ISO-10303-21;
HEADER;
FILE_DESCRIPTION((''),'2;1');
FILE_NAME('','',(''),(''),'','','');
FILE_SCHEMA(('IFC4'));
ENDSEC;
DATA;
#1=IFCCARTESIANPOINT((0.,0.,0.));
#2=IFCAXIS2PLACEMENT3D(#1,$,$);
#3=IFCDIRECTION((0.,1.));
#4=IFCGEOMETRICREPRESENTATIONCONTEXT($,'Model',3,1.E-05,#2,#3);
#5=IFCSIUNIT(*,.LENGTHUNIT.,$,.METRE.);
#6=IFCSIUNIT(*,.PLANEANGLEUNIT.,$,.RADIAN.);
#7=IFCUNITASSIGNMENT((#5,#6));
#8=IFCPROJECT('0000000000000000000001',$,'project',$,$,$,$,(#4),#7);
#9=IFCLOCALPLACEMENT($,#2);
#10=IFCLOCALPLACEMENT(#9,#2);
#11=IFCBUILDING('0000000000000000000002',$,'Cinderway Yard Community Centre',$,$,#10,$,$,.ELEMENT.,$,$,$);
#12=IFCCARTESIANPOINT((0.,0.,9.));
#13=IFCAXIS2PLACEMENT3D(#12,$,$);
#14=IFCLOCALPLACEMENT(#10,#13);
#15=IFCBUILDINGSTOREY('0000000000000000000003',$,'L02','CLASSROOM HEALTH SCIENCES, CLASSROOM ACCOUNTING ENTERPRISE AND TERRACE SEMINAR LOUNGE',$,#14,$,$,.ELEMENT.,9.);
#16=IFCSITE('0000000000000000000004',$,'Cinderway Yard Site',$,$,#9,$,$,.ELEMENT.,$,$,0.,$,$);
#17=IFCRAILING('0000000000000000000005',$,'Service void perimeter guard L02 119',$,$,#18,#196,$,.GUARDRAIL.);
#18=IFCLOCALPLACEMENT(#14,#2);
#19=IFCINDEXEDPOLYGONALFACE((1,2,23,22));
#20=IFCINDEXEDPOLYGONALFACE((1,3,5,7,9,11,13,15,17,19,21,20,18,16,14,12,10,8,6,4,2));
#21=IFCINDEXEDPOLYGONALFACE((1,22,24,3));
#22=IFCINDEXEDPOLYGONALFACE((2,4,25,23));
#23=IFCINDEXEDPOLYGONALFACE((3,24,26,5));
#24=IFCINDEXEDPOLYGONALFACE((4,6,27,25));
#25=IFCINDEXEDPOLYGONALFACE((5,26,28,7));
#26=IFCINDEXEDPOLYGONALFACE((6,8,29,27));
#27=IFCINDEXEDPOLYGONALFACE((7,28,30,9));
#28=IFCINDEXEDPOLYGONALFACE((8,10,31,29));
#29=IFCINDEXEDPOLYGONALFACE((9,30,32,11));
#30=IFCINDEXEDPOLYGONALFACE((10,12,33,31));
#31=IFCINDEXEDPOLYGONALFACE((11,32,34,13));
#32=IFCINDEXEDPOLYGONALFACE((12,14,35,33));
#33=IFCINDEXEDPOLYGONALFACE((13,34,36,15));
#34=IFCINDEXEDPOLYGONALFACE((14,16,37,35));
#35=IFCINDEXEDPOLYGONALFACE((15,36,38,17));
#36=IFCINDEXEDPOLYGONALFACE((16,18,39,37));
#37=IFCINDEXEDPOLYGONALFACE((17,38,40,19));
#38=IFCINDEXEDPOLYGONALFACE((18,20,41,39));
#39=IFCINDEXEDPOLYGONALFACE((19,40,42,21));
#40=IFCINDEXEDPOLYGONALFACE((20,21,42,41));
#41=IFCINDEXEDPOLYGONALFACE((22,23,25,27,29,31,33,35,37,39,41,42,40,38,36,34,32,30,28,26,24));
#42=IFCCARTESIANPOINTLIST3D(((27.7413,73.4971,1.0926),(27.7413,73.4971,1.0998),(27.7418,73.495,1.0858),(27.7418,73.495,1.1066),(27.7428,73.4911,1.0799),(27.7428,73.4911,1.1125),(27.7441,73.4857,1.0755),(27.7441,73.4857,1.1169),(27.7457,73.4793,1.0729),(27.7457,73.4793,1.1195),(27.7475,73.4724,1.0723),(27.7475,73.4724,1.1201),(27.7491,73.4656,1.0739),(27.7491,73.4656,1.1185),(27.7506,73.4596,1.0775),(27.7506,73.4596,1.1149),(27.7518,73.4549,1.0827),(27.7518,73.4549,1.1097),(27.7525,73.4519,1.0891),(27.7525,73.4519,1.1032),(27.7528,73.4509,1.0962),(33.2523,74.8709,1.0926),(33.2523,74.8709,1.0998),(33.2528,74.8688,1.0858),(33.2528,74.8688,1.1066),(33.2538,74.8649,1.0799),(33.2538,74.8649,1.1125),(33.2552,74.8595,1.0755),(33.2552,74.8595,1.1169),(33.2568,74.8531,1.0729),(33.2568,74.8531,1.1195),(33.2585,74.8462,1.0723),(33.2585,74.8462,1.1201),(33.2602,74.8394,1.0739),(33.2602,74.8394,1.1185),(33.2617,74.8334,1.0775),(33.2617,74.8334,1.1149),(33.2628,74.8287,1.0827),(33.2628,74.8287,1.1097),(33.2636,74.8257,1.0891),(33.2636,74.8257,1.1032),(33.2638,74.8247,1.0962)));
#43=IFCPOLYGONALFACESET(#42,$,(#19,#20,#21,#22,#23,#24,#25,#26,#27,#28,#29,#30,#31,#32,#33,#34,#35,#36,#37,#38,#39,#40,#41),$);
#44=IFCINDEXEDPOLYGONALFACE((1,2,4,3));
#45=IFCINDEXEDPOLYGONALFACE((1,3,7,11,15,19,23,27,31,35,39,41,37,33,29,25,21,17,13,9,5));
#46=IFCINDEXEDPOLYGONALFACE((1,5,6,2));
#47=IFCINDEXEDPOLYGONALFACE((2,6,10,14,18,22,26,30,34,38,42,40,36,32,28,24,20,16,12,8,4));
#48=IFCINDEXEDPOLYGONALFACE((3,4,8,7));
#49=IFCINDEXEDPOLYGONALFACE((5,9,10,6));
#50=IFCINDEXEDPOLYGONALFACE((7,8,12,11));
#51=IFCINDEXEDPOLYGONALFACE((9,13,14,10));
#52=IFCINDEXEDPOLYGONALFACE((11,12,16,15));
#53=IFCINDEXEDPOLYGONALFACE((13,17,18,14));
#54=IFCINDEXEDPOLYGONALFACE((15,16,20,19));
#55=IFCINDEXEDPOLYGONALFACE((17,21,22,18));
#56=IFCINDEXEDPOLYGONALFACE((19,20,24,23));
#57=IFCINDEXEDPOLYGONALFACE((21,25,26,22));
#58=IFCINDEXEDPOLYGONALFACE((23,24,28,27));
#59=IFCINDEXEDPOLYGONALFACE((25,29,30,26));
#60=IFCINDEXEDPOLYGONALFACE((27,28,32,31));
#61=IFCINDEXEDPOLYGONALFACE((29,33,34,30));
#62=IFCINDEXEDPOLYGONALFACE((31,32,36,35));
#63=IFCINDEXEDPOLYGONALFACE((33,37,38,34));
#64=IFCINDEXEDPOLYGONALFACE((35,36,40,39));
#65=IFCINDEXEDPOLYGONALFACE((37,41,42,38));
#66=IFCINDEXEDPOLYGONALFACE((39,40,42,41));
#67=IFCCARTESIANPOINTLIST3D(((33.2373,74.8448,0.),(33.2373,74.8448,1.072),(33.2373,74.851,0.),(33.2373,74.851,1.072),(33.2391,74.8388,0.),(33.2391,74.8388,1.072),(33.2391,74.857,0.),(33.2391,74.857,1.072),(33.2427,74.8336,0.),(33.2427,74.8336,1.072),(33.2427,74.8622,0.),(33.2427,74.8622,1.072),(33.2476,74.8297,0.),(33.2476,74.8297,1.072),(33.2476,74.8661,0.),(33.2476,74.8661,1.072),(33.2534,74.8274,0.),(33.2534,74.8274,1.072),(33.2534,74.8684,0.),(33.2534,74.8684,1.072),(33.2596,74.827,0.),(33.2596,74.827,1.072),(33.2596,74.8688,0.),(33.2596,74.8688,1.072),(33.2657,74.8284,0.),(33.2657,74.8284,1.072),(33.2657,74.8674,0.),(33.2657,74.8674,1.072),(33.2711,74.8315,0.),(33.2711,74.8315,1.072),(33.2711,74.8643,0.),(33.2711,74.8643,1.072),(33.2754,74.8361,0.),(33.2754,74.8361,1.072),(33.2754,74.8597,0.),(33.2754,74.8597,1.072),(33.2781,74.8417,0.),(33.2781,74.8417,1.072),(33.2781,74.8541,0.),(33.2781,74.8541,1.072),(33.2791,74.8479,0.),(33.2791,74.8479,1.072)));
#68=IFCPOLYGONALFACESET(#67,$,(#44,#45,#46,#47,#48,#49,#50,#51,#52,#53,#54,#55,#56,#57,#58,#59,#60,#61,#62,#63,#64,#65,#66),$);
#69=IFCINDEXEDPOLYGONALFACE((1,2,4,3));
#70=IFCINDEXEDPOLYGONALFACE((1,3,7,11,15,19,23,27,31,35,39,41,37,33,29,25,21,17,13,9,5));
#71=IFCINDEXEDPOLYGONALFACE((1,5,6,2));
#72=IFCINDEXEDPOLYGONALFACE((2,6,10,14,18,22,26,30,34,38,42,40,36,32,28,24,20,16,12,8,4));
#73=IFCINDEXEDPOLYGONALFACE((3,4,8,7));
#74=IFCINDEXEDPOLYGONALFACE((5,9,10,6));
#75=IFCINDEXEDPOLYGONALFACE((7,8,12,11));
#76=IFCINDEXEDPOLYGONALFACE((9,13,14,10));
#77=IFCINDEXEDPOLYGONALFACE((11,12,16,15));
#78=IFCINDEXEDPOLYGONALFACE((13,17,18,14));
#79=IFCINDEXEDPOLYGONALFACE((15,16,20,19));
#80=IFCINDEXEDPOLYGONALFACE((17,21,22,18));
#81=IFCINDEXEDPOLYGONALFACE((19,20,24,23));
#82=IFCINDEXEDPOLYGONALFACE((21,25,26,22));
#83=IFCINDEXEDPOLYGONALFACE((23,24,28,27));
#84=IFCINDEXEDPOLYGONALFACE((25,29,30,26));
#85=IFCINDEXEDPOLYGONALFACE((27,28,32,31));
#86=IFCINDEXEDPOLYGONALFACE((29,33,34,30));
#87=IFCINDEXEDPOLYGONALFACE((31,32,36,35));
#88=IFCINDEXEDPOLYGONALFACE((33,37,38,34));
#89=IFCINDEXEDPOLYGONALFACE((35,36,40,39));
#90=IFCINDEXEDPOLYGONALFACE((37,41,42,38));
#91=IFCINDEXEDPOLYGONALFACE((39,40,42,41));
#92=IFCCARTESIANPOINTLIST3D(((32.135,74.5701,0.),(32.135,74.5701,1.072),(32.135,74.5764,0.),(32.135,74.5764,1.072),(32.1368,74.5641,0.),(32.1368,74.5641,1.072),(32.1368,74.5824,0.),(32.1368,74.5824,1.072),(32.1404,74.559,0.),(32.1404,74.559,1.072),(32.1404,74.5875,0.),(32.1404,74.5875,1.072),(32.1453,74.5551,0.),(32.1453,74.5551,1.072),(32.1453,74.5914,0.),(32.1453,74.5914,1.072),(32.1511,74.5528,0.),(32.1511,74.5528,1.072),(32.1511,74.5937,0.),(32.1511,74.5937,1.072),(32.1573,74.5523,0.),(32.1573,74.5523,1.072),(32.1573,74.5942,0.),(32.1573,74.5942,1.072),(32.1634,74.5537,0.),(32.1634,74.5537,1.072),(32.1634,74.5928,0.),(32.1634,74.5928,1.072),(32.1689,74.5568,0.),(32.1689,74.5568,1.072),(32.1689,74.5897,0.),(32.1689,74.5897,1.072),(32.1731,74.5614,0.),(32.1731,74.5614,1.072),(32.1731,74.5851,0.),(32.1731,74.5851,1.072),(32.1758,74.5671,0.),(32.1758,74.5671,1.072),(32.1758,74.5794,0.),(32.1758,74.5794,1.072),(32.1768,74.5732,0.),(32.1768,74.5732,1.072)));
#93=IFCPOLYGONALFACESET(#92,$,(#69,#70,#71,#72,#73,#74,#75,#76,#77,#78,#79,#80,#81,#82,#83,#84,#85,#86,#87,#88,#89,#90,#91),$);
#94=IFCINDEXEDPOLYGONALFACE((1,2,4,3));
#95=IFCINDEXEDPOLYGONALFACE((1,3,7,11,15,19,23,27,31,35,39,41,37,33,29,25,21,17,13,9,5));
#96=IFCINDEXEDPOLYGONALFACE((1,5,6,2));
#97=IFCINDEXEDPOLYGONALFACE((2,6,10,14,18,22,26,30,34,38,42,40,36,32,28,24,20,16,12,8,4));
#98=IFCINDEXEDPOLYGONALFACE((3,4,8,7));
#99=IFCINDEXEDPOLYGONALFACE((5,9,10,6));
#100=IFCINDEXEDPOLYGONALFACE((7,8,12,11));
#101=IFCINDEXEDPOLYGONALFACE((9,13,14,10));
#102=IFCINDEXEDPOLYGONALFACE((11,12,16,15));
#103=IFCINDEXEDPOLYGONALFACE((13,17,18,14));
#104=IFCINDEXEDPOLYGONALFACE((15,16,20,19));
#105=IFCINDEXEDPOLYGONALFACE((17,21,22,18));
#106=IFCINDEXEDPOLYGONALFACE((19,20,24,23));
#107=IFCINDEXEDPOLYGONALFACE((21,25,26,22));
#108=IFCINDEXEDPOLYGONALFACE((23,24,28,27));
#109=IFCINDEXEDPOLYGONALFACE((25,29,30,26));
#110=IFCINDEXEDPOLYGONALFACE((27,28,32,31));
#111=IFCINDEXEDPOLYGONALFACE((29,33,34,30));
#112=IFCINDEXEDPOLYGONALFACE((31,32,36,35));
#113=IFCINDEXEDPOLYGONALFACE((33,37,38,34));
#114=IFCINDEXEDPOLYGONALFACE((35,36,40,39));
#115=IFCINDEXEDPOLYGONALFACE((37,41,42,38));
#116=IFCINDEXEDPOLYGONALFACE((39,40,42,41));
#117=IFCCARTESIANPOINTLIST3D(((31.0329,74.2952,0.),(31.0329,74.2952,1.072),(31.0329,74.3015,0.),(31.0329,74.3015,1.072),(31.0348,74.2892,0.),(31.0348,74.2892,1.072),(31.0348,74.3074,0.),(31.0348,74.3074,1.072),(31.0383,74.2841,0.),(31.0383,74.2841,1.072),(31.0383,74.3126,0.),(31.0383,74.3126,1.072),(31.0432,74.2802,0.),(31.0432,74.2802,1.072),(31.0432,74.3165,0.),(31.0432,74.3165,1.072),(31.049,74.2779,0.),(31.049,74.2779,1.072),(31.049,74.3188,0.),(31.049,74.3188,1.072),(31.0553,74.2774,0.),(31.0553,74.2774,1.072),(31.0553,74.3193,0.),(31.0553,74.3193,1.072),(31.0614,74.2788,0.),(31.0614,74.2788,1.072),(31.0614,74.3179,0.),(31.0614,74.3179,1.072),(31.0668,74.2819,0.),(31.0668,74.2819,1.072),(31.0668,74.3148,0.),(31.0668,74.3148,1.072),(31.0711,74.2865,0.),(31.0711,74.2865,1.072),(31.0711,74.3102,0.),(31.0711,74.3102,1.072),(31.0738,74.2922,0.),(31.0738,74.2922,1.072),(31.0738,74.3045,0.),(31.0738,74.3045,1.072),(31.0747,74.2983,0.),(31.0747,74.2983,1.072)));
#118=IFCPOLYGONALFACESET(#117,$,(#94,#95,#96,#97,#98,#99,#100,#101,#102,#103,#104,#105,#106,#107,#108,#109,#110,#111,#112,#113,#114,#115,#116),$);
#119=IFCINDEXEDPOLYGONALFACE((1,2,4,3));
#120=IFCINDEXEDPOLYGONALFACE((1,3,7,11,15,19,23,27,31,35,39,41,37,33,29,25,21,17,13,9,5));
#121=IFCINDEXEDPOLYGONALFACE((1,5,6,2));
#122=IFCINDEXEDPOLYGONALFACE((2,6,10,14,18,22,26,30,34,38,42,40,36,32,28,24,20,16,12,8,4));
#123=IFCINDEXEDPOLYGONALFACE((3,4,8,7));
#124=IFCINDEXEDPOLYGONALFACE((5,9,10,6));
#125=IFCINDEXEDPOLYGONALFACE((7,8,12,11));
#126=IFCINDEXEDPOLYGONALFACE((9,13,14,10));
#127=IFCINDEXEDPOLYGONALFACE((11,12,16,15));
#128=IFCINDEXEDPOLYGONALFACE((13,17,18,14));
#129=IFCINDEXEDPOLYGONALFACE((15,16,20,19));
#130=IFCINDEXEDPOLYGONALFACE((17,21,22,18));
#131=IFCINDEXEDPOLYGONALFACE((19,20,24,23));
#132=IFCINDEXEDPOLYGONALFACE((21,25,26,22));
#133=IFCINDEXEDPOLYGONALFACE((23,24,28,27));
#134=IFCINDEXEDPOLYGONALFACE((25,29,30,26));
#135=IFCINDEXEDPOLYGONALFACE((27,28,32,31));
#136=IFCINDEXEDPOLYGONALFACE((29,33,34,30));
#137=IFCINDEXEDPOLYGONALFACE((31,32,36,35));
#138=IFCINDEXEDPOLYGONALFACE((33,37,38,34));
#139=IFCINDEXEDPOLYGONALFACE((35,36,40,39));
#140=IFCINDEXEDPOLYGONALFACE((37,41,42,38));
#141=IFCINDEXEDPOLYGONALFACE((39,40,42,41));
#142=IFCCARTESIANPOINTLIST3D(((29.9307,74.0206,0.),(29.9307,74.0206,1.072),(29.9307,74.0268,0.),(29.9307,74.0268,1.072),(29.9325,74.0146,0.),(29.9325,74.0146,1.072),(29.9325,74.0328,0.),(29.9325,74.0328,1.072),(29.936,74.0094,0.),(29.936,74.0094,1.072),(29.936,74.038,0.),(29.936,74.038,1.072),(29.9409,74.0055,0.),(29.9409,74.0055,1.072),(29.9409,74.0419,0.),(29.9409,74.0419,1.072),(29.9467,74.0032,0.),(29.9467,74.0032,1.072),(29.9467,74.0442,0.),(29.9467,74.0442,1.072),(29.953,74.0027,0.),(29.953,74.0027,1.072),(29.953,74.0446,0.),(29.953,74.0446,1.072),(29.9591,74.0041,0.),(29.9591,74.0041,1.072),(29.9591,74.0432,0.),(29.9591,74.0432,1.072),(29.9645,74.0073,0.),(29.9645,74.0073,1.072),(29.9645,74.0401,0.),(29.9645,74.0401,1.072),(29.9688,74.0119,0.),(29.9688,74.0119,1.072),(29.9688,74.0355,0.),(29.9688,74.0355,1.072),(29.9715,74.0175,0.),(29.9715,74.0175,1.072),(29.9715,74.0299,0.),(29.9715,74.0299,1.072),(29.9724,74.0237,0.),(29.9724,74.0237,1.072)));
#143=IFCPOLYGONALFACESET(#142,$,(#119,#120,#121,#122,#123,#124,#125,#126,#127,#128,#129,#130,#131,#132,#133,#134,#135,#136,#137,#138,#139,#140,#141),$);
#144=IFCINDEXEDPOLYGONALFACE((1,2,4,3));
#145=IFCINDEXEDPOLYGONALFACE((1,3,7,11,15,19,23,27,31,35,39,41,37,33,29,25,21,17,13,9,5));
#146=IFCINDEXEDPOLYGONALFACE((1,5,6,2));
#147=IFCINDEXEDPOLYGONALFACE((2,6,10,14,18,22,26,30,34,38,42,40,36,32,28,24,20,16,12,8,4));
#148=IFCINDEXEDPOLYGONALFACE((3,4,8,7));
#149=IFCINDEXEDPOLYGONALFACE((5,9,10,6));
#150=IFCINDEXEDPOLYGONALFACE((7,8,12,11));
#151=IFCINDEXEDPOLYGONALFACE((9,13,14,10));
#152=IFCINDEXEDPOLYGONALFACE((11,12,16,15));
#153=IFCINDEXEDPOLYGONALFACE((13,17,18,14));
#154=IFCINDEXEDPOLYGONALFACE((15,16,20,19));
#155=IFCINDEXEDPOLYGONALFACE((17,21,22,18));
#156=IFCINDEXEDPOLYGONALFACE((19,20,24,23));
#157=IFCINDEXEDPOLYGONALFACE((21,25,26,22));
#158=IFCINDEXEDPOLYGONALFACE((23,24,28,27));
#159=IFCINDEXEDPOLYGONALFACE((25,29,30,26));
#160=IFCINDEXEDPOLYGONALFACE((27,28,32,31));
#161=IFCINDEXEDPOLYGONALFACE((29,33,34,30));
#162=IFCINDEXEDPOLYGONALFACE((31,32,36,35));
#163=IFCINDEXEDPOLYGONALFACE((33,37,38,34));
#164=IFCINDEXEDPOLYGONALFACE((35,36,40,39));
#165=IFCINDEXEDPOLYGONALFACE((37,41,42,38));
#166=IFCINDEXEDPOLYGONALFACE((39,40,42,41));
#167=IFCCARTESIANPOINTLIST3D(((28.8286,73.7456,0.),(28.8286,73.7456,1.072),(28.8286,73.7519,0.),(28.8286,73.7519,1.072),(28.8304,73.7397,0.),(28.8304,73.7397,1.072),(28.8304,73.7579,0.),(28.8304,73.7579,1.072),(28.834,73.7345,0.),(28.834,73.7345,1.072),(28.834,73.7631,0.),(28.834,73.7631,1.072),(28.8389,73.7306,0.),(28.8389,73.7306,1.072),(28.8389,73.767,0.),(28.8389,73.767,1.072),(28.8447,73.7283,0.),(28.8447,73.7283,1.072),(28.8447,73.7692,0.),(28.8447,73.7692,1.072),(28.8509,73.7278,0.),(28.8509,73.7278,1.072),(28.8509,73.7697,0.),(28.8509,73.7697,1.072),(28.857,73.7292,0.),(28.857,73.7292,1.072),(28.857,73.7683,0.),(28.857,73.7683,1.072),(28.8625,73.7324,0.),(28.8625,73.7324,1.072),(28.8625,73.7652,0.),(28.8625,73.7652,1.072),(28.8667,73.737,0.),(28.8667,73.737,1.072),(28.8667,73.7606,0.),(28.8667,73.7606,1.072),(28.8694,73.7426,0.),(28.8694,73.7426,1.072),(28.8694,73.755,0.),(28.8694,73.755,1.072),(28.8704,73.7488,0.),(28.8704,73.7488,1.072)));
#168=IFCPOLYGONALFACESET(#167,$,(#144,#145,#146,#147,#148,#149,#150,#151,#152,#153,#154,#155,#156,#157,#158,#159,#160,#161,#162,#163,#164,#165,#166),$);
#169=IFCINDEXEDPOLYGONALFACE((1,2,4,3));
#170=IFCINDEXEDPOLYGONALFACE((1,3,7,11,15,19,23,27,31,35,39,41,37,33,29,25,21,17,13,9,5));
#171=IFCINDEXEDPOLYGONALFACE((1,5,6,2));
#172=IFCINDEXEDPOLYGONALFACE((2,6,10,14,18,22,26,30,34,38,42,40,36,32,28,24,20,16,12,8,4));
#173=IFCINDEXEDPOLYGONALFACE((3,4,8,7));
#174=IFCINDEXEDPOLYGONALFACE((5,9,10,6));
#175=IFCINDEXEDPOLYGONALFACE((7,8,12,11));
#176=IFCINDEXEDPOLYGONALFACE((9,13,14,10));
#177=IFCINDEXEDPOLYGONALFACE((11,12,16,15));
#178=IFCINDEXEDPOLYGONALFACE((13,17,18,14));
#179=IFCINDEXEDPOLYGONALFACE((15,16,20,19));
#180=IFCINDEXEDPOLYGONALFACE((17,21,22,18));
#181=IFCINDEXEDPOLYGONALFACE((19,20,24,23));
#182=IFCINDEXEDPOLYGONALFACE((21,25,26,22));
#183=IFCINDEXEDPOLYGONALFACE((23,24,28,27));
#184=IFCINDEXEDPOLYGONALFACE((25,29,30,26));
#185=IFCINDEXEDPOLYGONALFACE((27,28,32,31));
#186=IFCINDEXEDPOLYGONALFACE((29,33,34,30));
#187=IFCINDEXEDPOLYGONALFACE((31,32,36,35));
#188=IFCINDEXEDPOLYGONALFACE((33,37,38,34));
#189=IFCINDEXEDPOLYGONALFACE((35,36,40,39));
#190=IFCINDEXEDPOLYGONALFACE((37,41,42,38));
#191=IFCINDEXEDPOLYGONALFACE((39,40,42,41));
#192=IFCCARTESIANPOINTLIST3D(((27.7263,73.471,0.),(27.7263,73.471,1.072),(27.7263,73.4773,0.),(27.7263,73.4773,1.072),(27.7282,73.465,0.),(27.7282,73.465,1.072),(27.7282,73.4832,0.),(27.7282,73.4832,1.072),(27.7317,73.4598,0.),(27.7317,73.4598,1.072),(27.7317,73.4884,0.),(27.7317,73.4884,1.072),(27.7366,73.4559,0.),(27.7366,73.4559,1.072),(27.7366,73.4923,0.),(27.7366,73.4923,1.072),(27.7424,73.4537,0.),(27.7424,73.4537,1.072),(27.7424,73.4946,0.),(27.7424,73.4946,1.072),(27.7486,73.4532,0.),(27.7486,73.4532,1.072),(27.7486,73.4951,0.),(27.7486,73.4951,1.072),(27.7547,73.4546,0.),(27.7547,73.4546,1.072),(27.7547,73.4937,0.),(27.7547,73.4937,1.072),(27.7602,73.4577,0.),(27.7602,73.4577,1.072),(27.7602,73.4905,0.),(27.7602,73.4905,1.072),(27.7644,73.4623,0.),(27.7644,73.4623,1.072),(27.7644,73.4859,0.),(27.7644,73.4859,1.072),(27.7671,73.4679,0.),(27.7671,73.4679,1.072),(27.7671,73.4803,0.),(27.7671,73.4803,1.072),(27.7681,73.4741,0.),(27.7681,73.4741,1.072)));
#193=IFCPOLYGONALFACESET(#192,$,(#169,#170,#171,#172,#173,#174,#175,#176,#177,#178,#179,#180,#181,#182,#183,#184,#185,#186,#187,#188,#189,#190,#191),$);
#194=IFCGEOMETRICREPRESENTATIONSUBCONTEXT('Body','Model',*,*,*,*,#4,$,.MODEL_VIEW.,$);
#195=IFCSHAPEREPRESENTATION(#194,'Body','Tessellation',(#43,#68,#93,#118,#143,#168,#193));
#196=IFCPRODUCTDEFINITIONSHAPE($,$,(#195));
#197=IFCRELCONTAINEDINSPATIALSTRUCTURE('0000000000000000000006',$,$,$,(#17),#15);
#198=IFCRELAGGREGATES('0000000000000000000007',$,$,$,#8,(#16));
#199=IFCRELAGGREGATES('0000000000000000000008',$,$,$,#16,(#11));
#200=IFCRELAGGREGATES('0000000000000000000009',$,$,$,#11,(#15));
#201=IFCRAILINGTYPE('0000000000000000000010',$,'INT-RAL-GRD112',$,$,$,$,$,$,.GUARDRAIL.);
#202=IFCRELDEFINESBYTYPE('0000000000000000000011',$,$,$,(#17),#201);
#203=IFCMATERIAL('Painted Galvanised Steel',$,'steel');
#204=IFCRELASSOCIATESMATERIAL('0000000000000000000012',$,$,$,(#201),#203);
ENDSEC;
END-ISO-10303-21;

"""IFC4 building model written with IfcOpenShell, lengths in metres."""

from ifc_helpers import new_model, si_unit, direction, frame, origin, origin_2d, place, context, subcontext, project, spatial, circle, extrude, material, type_object, element, save


model = new_model("IFC4")

# Units and contexts
model_context = context("Model", 3, precision=1e-05, world=origin(), true_north=direction((0.0, 1.0)))
body_context = subcontext(model_context, "Body", "Model", "MODEL_VIEW")
ifc_project = project(units=[si_unit("LENGTHUNIT", "METRE"), si_unit("PLANEANGLEUNIT", "RADIAN")], contexts=[model_context])

# Site, building, storey
site_placement = place(None, origin())
site = spatial("IfcSite", under=ifc_project, at=site_placement, Name="Cinderway Yard Site", CompositionType="ELEMENT", RefElevation=0.0)
building_placement = place(site_placement, origin())
building = spatial("IfcBuilding", under=site, at=building_placement, Name="Cinderway Yard Community Centre", CompositionType="ELEMENT")
storey_placement = place(building_placement, frame((0.0, 0.0, 9.0)))
storey = spatial("IfcBuildingStorey", under=building, at=storey_placement, Name="L02", Description="CLASSROOM HEALTH SCIENCES, CLASSROOM ACCOUNTING ENTERPRISE AND TERRACE SEMINAR LOUNGE", CompositionType="ELEMENT", Elevation=9.0)

# Shared definitions
ifc_material_1 = material(Name="Painted Galvanised Steel", Category="steel")

# Railing
railing_type = type_object("IfcRailingType", Name="INT-RAL-GRD112", PredefinedType="GUARDRAIL", material=ifc_material_1)
railing_1_placement = place(storey_placement, frame((33.2581, 74.8479, 0.0)))
element("IfcRailing", 1, at=railing_1_placement, inside=storey, type_object=railing_type, Name="Service void perimeter guard L02 119", PredefinedType="GUARDRAIL", context=body_context, shape_type="SweptSolid", body=[
    extrude(circle(Radius=0.0239, at=origin_2d()), frame((0.0, 0.0, 1.0962), z_axis=(-0.970307, -0.241878, 0.0), x_axis=(0.241878, -0.970307, 0.0)), (0.0, 0.0, 1.0), 5.6797),
    extrude(circle(Radius=0.021, at=origin_2d()), origin(), (0.0, 0.0, 1.0), 1.072),
    extrude(circle(Radius=0.021, at=origin_2d()), frame((-1.1023, -0.2747, 0.0)), (0.0, 0.0, 1.0), 1.072),
    extrude(circle(Radius=0.021, at=origin_2d()), frame((-2.2043, -0.5496, 0.0)), (0.0, 0.0, 1.0), 1.072),
    extrude(circle(Radius=0.021, at=origin_2d()), frame((-3.3066, -0.8242, 0.0)), (0.0, 0.0, 1.0), 1.072),
    extrude(circle(Radius=0.021, at=origin_2d()), frame((-4.4087, -1.0991, 0.0)), (0.0, 0.0, 1.0), 1.072),
    extrude(circle(Radius=0.021, at=origin_2d()), frame((-5.511, -1.3738, 0.0)), (0.0, 0.0, 1.0), 1.072),
])

save(model, "model.ifc")
